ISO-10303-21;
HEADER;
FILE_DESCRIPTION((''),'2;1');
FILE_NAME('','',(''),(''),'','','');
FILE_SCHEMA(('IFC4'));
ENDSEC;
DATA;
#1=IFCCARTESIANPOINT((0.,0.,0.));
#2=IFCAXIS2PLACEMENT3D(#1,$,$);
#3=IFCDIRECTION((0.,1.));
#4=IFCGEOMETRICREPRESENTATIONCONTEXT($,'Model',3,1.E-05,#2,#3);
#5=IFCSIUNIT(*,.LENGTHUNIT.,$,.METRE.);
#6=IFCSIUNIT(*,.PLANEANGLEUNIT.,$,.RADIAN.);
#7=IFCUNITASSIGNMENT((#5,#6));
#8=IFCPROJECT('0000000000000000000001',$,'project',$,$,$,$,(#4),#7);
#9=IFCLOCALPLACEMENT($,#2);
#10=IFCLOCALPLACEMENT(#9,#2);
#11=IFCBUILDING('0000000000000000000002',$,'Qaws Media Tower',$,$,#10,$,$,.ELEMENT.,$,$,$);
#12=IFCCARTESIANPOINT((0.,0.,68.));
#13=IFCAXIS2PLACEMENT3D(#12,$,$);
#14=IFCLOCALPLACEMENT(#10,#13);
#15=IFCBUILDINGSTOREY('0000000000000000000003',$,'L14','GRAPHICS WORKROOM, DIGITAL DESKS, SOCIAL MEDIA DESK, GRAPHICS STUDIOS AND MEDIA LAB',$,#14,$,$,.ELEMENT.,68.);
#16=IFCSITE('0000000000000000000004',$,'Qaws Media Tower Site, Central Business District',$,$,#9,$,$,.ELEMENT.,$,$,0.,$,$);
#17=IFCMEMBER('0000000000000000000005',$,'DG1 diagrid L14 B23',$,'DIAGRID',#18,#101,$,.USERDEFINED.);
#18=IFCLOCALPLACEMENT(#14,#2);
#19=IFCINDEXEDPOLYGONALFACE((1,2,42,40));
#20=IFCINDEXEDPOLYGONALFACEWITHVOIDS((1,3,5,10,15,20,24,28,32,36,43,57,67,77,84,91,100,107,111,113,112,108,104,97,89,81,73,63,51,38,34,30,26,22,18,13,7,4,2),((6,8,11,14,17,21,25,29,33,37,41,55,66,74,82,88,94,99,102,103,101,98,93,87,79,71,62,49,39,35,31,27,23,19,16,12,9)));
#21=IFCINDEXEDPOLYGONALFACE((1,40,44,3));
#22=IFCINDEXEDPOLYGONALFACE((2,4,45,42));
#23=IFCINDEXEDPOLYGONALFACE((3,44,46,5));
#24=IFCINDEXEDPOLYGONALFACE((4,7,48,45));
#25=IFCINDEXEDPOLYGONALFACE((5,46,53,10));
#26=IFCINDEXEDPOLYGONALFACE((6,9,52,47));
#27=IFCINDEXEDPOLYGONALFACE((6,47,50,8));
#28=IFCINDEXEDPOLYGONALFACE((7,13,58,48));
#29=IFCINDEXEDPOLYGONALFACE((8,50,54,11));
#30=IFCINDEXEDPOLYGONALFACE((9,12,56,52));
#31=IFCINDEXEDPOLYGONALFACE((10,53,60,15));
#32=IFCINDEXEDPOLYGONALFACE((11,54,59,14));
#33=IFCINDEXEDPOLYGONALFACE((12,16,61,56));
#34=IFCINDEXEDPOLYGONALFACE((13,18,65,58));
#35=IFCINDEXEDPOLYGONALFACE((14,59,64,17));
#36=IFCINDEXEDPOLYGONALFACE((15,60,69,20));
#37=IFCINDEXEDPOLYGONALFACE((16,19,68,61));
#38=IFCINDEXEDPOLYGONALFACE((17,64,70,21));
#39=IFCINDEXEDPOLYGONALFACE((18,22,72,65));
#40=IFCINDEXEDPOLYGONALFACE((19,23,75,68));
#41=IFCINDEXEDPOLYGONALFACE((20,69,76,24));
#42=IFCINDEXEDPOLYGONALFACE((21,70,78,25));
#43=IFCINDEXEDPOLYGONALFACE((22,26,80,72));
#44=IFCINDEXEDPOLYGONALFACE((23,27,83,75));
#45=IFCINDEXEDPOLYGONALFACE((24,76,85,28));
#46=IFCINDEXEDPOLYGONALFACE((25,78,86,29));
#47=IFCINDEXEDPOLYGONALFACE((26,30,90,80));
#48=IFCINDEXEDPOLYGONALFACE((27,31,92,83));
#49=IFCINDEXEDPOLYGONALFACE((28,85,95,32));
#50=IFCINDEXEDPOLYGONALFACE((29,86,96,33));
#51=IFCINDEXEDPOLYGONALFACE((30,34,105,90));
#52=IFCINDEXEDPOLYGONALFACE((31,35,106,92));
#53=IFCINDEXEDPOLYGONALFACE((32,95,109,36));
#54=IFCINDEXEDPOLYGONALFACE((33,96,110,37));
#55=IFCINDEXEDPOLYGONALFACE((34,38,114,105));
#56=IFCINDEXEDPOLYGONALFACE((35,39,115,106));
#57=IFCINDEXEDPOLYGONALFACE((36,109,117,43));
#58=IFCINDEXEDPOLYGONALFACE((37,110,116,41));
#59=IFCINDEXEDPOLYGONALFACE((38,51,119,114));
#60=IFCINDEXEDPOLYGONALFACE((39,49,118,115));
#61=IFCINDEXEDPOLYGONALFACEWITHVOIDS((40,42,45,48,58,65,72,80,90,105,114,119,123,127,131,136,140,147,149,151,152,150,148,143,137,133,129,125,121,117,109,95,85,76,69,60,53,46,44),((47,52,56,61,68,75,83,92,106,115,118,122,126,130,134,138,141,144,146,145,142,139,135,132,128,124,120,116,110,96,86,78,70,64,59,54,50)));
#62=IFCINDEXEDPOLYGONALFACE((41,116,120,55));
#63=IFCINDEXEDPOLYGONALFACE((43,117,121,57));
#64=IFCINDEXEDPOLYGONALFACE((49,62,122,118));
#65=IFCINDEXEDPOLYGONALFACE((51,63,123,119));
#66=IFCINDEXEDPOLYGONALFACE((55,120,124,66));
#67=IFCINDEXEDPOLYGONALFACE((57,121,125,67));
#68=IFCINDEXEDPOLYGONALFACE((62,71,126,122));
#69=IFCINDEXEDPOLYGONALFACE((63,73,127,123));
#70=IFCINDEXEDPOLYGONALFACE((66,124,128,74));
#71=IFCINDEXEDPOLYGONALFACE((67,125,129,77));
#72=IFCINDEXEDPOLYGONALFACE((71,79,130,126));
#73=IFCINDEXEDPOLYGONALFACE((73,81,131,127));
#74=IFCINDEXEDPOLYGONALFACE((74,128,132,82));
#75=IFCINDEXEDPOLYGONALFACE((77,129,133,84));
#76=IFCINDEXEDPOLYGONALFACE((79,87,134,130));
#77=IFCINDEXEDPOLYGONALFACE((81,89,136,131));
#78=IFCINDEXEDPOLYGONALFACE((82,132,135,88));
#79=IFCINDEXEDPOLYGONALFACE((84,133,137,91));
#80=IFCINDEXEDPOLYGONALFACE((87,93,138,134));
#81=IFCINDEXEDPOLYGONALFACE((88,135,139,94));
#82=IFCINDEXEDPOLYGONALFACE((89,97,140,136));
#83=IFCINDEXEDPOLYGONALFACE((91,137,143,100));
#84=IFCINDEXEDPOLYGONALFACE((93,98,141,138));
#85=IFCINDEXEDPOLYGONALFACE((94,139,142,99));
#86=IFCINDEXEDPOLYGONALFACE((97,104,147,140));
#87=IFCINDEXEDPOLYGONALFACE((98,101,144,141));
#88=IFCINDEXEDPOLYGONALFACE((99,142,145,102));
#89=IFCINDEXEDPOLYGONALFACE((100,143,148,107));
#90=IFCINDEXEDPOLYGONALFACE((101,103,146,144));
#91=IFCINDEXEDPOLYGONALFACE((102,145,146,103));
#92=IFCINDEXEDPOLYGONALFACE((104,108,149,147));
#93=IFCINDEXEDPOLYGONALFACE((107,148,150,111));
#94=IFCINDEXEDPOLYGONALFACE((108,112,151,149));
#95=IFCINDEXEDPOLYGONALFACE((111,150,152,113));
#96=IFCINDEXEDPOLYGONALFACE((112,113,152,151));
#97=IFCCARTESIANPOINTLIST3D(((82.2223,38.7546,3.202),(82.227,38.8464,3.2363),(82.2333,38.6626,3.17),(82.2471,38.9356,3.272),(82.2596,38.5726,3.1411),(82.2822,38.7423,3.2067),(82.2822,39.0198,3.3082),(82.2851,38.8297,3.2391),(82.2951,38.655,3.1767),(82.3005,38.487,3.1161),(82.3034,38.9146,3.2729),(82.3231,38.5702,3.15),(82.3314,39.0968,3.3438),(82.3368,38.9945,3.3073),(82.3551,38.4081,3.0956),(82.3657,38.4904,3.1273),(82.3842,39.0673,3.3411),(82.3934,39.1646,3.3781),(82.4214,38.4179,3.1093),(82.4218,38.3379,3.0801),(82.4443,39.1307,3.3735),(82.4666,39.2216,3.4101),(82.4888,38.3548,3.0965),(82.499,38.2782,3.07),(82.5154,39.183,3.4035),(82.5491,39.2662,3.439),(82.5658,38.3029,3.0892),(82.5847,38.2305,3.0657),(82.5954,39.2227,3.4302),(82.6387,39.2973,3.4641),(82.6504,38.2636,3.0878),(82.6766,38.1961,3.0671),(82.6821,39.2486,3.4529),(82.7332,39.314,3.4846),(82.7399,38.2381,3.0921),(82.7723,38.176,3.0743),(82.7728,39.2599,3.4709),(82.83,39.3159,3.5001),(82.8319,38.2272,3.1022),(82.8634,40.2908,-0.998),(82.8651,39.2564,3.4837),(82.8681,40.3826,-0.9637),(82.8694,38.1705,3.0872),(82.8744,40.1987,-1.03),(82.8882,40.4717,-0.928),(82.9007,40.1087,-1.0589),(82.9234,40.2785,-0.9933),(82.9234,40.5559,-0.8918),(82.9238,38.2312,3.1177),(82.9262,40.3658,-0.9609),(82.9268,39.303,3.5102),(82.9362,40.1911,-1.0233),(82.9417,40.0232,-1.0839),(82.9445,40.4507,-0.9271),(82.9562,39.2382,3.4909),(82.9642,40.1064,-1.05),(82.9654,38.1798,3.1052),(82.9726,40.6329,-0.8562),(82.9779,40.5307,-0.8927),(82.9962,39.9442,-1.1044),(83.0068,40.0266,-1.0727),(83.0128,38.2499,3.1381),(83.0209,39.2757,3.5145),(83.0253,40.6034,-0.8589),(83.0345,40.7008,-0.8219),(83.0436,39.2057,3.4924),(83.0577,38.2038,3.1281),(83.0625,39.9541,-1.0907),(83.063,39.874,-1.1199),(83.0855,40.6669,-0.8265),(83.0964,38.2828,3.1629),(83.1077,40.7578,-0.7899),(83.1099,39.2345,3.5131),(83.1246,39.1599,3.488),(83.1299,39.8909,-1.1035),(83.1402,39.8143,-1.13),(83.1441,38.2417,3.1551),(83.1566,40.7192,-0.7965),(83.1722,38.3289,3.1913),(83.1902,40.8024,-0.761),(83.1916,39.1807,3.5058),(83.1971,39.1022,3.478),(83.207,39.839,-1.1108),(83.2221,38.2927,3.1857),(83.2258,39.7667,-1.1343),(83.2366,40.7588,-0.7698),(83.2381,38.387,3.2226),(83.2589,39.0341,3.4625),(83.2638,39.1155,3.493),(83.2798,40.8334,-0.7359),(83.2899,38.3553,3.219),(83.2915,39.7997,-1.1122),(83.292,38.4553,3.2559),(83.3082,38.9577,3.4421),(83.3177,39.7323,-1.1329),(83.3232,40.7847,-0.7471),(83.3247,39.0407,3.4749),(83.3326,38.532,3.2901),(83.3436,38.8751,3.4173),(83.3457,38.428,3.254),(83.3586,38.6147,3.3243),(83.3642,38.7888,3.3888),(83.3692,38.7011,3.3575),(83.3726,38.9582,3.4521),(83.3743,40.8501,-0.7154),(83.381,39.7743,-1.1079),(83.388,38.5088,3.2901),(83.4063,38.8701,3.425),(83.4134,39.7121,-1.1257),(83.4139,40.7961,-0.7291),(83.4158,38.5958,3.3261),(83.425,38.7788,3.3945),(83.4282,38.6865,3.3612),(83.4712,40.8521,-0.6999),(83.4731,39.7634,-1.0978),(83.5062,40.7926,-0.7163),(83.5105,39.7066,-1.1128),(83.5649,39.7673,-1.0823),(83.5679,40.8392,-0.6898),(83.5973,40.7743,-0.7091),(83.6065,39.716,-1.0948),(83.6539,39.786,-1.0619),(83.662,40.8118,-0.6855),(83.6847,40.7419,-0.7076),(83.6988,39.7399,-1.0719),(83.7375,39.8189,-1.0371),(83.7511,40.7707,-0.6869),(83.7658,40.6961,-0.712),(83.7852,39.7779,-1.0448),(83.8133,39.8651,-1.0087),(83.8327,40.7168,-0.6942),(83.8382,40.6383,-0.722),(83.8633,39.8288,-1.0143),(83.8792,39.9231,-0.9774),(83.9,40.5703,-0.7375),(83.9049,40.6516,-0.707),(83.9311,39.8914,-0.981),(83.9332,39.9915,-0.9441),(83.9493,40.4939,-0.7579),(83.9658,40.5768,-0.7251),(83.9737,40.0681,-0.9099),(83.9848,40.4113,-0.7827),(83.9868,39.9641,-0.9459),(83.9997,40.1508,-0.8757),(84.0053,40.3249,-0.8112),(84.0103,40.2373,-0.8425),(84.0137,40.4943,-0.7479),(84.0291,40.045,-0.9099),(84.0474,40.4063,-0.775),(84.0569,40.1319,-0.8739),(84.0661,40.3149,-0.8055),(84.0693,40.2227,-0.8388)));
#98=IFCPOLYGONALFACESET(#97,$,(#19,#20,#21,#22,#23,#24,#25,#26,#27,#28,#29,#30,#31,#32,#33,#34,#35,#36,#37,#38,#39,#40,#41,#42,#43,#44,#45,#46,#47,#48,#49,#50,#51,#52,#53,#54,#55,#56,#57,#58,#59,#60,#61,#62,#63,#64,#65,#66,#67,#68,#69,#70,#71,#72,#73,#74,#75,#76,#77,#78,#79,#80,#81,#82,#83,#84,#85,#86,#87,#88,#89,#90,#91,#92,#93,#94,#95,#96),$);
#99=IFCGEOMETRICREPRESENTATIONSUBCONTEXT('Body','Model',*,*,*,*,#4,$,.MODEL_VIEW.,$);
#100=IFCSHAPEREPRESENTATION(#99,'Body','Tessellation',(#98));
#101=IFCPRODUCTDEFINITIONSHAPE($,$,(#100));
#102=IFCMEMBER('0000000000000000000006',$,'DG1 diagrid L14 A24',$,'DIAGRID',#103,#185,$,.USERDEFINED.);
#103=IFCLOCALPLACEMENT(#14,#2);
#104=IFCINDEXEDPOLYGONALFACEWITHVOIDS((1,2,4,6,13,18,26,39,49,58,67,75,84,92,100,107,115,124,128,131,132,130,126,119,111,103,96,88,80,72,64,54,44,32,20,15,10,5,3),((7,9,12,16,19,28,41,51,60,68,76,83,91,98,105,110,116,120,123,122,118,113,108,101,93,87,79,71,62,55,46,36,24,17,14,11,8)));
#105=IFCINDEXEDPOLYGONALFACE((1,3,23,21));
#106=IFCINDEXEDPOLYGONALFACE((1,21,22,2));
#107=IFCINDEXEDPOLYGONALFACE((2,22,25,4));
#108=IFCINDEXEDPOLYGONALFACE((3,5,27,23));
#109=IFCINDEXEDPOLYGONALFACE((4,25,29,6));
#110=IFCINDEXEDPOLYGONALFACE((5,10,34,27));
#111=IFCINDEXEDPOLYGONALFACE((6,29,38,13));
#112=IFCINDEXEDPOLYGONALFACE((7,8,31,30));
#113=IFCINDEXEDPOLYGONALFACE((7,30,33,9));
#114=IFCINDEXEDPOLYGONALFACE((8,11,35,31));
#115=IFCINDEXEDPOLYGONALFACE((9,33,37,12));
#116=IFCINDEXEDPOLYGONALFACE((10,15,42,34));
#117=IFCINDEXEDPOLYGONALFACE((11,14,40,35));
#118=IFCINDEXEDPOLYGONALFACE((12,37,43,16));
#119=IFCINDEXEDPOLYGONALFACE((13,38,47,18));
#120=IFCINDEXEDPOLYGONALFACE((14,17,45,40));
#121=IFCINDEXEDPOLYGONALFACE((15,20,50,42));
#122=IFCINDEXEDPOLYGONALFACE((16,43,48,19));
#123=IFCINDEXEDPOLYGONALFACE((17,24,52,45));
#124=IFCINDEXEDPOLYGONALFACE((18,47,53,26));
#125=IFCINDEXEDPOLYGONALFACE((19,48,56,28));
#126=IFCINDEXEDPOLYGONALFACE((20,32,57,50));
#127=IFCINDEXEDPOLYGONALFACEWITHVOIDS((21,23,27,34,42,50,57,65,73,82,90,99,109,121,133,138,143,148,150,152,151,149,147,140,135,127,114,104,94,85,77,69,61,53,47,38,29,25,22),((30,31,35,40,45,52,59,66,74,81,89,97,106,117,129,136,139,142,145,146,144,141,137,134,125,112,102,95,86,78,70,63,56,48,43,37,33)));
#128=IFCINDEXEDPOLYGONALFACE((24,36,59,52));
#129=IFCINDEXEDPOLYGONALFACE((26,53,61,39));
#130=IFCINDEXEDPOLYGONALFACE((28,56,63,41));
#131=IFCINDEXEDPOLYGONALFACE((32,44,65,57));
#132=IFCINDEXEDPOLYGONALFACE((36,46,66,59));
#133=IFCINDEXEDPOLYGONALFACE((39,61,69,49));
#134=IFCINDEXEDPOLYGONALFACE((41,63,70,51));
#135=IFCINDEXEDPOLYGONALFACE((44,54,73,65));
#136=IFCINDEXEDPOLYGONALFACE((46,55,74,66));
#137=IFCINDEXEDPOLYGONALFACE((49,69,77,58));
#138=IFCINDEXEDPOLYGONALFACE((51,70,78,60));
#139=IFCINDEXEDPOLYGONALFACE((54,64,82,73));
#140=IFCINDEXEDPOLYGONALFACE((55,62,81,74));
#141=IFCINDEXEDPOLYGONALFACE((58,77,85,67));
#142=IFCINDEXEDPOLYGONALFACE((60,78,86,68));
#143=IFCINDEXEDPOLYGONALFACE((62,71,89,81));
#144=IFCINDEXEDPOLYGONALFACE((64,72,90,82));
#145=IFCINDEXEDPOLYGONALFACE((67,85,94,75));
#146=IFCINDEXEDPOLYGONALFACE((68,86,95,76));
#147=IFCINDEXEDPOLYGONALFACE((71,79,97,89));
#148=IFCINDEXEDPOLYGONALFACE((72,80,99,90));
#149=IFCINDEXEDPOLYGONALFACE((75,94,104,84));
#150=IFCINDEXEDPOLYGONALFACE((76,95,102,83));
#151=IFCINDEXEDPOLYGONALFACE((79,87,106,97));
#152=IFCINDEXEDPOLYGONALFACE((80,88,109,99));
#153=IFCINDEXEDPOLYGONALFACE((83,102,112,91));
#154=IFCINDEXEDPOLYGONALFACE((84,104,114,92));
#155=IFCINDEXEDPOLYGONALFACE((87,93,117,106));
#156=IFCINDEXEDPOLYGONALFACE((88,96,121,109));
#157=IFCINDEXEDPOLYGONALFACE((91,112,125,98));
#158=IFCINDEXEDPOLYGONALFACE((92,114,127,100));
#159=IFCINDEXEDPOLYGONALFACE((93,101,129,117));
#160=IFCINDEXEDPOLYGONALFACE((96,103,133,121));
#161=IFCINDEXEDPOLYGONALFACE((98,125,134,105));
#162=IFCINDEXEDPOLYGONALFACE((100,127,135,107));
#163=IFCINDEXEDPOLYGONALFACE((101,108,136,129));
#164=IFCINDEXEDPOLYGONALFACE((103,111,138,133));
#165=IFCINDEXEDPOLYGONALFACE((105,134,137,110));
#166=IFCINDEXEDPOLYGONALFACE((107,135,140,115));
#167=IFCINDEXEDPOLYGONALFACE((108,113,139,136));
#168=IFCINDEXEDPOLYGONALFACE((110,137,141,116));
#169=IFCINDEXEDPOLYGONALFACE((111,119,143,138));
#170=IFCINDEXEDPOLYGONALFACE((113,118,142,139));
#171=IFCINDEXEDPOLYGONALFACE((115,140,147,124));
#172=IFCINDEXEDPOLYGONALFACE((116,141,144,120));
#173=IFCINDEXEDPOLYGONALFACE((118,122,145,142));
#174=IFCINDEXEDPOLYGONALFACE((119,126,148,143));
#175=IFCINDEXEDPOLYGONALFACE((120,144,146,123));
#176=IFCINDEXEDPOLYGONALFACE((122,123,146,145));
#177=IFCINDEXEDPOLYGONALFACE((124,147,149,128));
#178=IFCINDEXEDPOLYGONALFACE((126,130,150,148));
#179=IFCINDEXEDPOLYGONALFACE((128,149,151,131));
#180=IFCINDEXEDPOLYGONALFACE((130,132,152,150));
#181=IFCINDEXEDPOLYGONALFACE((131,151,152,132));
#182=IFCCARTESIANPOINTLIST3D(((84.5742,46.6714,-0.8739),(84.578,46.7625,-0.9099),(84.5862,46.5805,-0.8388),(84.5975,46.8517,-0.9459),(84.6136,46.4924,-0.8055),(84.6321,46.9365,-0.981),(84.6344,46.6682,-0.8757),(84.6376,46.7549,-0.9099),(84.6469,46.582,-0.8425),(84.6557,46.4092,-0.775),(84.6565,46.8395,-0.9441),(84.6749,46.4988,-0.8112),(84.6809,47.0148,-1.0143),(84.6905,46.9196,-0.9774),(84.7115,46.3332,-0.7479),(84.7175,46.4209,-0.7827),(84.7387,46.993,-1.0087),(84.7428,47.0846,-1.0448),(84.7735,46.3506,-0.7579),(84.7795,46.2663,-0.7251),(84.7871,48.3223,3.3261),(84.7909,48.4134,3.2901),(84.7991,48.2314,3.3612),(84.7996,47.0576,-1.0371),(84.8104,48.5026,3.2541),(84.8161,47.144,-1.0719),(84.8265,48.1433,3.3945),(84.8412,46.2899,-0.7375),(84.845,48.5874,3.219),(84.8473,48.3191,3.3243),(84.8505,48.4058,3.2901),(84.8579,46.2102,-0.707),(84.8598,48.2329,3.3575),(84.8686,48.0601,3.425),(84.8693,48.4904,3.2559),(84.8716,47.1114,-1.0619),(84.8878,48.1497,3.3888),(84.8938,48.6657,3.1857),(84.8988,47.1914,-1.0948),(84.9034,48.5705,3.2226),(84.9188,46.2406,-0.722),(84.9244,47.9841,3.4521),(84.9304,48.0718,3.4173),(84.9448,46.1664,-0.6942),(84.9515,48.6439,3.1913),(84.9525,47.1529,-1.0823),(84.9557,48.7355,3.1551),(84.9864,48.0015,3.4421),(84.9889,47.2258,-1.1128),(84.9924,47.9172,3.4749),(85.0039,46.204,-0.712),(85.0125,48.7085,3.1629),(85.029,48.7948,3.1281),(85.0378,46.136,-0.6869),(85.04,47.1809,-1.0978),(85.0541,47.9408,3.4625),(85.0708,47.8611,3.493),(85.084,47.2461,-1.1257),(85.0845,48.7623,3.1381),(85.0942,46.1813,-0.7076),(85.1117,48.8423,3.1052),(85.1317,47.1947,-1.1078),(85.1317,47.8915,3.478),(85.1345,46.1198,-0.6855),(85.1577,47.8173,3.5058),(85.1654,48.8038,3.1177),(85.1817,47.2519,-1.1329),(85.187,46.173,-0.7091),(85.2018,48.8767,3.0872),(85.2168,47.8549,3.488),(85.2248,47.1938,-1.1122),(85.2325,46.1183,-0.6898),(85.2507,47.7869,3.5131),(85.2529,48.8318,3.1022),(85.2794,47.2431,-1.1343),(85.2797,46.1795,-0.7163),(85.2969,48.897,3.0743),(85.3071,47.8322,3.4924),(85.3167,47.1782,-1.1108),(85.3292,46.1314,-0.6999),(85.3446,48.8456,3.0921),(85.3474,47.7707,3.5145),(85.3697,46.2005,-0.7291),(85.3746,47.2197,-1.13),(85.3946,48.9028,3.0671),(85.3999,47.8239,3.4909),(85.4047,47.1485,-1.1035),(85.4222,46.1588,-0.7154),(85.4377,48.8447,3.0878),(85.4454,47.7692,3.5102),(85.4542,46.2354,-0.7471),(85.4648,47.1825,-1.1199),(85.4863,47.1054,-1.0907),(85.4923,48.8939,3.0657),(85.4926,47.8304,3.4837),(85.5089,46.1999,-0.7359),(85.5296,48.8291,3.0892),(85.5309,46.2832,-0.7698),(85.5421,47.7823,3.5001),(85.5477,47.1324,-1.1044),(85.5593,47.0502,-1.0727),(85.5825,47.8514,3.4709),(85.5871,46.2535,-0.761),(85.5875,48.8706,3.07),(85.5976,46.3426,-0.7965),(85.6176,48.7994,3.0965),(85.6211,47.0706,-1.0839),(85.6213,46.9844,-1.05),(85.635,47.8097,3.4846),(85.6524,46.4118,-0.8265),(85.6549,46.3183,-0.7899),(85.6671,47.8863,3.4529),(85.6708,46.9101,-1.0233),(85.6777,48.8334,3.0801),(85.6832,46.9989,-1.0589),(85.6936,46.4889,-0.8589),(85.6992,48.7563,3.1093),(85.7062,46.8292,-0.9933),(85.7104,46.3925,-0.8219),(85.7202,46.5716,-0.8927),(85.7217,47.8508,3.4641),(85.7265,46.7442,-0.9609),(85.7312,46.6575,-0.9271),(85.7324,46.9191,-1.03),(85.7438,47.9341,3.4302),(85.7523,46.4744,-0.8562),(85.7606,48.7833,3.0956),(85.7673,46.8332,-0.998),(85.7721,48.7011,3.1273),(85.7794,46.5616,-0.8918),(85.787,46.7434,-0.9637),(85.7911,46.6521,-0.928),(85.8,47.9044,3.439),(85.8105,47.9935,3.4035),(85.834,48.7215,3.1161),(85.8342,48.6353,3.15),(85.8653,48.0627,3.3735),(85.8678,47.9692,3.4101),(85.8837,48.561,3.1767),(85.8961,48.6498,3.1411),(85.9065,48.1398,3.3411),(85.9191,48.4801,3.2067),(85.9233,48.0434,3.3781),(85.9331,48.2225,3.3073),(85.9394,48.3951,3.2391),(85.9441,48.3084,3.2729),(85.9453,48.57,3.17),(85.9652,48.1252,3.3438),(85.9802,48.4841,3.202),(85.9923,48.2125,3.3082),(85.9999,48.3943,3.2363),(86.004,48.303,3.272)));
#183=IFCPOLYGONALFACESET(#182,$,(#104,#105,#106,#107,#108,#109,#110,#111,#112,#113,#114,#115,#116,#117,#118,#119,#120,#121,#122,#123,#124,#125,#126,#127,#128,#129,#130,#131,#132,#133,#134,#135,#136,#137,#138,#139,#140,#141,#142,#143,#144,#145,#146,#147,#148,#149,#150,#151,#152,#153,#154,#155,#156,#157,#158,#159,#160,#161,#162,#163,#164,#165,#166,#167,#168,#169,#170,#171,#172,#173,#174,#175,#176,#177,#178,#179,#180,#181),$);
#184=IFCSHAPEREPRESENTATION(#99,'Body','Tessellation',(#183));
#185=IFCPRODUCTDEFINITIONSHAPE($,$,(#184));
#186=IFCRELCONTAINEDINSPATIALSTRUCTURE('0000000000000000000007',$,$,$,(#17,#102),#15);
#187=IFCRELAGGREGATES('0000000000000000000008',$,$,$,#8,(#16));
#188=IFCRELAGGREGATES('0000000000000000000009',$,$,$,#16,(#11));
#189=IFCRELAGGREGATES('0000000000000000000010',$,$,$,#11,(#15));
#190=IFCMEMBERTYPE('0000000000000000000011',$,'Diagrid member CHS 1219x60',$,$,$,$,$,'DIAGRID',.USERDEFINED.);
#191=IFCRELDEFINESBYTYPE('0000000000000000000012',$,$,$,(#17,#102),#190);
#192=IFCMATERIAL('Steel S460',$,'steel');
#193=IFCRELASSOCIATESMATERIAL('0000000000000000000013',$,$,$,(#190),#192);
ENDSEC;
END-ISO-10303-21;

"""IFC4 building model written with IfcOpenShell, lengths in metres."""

from ifc_helpers import new_model, si_unit, direction, frame, origin, origin_2d, place, context, subcontext, project, spatial, hollow_circle, extrude, material, material_profile, profile_set, type_object, element, save


model = new_model("IFC4")

# Units and contexts
model_context = context("Model", 3, precision=1e-05, world=origin(), true_north=direction((0.0, 1.0)))
body_context = subcontext(model_context, "Body", "Model", "MODEL_VIEW")
ifc_project = project(units=[si_unit("LENGTHUNIT", "METRE"), si_unit("PLANEANGLEUNIT", "RADIAN")], contexts=[model_context])

# Site, building, storey
site_placement = place(None, origin())
site = spatial("IfcSite", under=ifc_project, at=site_placement, Name="Qaws Media Tower Site, Central Business District", CompositionType="ELEMENT", RefElevation=0.0)
building_placement = place(site_placement, origin())
building = spatial("IfcBuilding", under=site, at=building_placement, Name="Qaws Media Tower", CompositionType="ELEMENT")
storey_placement = place(building_placement, frame((0.0, 0.0, 68.0)))
storey = spatial("IfcBuildingStorey", under=building, at=storey_placement, Name="L14", Description="GRAPHICS WORKROOM, DIGITAL DESKS, SOCIAL MEDIA DESK, GRAPHICS STUDIOS AND MEDIA LAB", CompositionType="ELEMENT", Elevation=68.0)

# Members
ifc_material_1 = material(Name="Steel S460", Category="steel")
ifc_material_profile_1 = material_profile(ifc_material_1, hollow_circle(Radius=0.6096, WallThickness=0.0601, at=origin_2d()), Name="CHS 1219x60")
ifc_profile_set_1 = profile_set([ifc_material_profile_1], Name="Steel S460")
member_type_1 = type_object("IfcMemberType", Name="Diagrid member CHS 1219x60", ElementType="DIAGRID", PredefinedType="USERDEFINED", material=ifc_profile_set_1)
for number, where, z_axis, x_axis, name in (
    (1, (83.4666, 40.2798, -0.9099), (-0.141909, -0.34002, 0.92965), (0.922851, -0.385157, 0.0), "DG1 diagrid L14 B23"),
    (2, (85.1826, 46.6846, -0.9099), (0.047123, 0.365418, 0.92965), (-0.991787, 0.127897, 0.0), "DG1 diagrid L14 A24"),
):
    element("IfcMember", number, at=place(storey_placement, frame(where, z_axis=z_axis, x_axis=x_axis)), inside=storey, type_object=member_type_1, Name=name, ObjectType="DIAGRID", PredefinedType="USERDEFINED", context=body_context, shape_type="SweptSolid", body=[
        extrude(hollow_circle(Radius=0.6096, WallThickness=0.0601, at=origin_2d()), origin(), (0.0, 0.0, 1.0), 4.5178),
    ])

save(model, "model.ifc")
